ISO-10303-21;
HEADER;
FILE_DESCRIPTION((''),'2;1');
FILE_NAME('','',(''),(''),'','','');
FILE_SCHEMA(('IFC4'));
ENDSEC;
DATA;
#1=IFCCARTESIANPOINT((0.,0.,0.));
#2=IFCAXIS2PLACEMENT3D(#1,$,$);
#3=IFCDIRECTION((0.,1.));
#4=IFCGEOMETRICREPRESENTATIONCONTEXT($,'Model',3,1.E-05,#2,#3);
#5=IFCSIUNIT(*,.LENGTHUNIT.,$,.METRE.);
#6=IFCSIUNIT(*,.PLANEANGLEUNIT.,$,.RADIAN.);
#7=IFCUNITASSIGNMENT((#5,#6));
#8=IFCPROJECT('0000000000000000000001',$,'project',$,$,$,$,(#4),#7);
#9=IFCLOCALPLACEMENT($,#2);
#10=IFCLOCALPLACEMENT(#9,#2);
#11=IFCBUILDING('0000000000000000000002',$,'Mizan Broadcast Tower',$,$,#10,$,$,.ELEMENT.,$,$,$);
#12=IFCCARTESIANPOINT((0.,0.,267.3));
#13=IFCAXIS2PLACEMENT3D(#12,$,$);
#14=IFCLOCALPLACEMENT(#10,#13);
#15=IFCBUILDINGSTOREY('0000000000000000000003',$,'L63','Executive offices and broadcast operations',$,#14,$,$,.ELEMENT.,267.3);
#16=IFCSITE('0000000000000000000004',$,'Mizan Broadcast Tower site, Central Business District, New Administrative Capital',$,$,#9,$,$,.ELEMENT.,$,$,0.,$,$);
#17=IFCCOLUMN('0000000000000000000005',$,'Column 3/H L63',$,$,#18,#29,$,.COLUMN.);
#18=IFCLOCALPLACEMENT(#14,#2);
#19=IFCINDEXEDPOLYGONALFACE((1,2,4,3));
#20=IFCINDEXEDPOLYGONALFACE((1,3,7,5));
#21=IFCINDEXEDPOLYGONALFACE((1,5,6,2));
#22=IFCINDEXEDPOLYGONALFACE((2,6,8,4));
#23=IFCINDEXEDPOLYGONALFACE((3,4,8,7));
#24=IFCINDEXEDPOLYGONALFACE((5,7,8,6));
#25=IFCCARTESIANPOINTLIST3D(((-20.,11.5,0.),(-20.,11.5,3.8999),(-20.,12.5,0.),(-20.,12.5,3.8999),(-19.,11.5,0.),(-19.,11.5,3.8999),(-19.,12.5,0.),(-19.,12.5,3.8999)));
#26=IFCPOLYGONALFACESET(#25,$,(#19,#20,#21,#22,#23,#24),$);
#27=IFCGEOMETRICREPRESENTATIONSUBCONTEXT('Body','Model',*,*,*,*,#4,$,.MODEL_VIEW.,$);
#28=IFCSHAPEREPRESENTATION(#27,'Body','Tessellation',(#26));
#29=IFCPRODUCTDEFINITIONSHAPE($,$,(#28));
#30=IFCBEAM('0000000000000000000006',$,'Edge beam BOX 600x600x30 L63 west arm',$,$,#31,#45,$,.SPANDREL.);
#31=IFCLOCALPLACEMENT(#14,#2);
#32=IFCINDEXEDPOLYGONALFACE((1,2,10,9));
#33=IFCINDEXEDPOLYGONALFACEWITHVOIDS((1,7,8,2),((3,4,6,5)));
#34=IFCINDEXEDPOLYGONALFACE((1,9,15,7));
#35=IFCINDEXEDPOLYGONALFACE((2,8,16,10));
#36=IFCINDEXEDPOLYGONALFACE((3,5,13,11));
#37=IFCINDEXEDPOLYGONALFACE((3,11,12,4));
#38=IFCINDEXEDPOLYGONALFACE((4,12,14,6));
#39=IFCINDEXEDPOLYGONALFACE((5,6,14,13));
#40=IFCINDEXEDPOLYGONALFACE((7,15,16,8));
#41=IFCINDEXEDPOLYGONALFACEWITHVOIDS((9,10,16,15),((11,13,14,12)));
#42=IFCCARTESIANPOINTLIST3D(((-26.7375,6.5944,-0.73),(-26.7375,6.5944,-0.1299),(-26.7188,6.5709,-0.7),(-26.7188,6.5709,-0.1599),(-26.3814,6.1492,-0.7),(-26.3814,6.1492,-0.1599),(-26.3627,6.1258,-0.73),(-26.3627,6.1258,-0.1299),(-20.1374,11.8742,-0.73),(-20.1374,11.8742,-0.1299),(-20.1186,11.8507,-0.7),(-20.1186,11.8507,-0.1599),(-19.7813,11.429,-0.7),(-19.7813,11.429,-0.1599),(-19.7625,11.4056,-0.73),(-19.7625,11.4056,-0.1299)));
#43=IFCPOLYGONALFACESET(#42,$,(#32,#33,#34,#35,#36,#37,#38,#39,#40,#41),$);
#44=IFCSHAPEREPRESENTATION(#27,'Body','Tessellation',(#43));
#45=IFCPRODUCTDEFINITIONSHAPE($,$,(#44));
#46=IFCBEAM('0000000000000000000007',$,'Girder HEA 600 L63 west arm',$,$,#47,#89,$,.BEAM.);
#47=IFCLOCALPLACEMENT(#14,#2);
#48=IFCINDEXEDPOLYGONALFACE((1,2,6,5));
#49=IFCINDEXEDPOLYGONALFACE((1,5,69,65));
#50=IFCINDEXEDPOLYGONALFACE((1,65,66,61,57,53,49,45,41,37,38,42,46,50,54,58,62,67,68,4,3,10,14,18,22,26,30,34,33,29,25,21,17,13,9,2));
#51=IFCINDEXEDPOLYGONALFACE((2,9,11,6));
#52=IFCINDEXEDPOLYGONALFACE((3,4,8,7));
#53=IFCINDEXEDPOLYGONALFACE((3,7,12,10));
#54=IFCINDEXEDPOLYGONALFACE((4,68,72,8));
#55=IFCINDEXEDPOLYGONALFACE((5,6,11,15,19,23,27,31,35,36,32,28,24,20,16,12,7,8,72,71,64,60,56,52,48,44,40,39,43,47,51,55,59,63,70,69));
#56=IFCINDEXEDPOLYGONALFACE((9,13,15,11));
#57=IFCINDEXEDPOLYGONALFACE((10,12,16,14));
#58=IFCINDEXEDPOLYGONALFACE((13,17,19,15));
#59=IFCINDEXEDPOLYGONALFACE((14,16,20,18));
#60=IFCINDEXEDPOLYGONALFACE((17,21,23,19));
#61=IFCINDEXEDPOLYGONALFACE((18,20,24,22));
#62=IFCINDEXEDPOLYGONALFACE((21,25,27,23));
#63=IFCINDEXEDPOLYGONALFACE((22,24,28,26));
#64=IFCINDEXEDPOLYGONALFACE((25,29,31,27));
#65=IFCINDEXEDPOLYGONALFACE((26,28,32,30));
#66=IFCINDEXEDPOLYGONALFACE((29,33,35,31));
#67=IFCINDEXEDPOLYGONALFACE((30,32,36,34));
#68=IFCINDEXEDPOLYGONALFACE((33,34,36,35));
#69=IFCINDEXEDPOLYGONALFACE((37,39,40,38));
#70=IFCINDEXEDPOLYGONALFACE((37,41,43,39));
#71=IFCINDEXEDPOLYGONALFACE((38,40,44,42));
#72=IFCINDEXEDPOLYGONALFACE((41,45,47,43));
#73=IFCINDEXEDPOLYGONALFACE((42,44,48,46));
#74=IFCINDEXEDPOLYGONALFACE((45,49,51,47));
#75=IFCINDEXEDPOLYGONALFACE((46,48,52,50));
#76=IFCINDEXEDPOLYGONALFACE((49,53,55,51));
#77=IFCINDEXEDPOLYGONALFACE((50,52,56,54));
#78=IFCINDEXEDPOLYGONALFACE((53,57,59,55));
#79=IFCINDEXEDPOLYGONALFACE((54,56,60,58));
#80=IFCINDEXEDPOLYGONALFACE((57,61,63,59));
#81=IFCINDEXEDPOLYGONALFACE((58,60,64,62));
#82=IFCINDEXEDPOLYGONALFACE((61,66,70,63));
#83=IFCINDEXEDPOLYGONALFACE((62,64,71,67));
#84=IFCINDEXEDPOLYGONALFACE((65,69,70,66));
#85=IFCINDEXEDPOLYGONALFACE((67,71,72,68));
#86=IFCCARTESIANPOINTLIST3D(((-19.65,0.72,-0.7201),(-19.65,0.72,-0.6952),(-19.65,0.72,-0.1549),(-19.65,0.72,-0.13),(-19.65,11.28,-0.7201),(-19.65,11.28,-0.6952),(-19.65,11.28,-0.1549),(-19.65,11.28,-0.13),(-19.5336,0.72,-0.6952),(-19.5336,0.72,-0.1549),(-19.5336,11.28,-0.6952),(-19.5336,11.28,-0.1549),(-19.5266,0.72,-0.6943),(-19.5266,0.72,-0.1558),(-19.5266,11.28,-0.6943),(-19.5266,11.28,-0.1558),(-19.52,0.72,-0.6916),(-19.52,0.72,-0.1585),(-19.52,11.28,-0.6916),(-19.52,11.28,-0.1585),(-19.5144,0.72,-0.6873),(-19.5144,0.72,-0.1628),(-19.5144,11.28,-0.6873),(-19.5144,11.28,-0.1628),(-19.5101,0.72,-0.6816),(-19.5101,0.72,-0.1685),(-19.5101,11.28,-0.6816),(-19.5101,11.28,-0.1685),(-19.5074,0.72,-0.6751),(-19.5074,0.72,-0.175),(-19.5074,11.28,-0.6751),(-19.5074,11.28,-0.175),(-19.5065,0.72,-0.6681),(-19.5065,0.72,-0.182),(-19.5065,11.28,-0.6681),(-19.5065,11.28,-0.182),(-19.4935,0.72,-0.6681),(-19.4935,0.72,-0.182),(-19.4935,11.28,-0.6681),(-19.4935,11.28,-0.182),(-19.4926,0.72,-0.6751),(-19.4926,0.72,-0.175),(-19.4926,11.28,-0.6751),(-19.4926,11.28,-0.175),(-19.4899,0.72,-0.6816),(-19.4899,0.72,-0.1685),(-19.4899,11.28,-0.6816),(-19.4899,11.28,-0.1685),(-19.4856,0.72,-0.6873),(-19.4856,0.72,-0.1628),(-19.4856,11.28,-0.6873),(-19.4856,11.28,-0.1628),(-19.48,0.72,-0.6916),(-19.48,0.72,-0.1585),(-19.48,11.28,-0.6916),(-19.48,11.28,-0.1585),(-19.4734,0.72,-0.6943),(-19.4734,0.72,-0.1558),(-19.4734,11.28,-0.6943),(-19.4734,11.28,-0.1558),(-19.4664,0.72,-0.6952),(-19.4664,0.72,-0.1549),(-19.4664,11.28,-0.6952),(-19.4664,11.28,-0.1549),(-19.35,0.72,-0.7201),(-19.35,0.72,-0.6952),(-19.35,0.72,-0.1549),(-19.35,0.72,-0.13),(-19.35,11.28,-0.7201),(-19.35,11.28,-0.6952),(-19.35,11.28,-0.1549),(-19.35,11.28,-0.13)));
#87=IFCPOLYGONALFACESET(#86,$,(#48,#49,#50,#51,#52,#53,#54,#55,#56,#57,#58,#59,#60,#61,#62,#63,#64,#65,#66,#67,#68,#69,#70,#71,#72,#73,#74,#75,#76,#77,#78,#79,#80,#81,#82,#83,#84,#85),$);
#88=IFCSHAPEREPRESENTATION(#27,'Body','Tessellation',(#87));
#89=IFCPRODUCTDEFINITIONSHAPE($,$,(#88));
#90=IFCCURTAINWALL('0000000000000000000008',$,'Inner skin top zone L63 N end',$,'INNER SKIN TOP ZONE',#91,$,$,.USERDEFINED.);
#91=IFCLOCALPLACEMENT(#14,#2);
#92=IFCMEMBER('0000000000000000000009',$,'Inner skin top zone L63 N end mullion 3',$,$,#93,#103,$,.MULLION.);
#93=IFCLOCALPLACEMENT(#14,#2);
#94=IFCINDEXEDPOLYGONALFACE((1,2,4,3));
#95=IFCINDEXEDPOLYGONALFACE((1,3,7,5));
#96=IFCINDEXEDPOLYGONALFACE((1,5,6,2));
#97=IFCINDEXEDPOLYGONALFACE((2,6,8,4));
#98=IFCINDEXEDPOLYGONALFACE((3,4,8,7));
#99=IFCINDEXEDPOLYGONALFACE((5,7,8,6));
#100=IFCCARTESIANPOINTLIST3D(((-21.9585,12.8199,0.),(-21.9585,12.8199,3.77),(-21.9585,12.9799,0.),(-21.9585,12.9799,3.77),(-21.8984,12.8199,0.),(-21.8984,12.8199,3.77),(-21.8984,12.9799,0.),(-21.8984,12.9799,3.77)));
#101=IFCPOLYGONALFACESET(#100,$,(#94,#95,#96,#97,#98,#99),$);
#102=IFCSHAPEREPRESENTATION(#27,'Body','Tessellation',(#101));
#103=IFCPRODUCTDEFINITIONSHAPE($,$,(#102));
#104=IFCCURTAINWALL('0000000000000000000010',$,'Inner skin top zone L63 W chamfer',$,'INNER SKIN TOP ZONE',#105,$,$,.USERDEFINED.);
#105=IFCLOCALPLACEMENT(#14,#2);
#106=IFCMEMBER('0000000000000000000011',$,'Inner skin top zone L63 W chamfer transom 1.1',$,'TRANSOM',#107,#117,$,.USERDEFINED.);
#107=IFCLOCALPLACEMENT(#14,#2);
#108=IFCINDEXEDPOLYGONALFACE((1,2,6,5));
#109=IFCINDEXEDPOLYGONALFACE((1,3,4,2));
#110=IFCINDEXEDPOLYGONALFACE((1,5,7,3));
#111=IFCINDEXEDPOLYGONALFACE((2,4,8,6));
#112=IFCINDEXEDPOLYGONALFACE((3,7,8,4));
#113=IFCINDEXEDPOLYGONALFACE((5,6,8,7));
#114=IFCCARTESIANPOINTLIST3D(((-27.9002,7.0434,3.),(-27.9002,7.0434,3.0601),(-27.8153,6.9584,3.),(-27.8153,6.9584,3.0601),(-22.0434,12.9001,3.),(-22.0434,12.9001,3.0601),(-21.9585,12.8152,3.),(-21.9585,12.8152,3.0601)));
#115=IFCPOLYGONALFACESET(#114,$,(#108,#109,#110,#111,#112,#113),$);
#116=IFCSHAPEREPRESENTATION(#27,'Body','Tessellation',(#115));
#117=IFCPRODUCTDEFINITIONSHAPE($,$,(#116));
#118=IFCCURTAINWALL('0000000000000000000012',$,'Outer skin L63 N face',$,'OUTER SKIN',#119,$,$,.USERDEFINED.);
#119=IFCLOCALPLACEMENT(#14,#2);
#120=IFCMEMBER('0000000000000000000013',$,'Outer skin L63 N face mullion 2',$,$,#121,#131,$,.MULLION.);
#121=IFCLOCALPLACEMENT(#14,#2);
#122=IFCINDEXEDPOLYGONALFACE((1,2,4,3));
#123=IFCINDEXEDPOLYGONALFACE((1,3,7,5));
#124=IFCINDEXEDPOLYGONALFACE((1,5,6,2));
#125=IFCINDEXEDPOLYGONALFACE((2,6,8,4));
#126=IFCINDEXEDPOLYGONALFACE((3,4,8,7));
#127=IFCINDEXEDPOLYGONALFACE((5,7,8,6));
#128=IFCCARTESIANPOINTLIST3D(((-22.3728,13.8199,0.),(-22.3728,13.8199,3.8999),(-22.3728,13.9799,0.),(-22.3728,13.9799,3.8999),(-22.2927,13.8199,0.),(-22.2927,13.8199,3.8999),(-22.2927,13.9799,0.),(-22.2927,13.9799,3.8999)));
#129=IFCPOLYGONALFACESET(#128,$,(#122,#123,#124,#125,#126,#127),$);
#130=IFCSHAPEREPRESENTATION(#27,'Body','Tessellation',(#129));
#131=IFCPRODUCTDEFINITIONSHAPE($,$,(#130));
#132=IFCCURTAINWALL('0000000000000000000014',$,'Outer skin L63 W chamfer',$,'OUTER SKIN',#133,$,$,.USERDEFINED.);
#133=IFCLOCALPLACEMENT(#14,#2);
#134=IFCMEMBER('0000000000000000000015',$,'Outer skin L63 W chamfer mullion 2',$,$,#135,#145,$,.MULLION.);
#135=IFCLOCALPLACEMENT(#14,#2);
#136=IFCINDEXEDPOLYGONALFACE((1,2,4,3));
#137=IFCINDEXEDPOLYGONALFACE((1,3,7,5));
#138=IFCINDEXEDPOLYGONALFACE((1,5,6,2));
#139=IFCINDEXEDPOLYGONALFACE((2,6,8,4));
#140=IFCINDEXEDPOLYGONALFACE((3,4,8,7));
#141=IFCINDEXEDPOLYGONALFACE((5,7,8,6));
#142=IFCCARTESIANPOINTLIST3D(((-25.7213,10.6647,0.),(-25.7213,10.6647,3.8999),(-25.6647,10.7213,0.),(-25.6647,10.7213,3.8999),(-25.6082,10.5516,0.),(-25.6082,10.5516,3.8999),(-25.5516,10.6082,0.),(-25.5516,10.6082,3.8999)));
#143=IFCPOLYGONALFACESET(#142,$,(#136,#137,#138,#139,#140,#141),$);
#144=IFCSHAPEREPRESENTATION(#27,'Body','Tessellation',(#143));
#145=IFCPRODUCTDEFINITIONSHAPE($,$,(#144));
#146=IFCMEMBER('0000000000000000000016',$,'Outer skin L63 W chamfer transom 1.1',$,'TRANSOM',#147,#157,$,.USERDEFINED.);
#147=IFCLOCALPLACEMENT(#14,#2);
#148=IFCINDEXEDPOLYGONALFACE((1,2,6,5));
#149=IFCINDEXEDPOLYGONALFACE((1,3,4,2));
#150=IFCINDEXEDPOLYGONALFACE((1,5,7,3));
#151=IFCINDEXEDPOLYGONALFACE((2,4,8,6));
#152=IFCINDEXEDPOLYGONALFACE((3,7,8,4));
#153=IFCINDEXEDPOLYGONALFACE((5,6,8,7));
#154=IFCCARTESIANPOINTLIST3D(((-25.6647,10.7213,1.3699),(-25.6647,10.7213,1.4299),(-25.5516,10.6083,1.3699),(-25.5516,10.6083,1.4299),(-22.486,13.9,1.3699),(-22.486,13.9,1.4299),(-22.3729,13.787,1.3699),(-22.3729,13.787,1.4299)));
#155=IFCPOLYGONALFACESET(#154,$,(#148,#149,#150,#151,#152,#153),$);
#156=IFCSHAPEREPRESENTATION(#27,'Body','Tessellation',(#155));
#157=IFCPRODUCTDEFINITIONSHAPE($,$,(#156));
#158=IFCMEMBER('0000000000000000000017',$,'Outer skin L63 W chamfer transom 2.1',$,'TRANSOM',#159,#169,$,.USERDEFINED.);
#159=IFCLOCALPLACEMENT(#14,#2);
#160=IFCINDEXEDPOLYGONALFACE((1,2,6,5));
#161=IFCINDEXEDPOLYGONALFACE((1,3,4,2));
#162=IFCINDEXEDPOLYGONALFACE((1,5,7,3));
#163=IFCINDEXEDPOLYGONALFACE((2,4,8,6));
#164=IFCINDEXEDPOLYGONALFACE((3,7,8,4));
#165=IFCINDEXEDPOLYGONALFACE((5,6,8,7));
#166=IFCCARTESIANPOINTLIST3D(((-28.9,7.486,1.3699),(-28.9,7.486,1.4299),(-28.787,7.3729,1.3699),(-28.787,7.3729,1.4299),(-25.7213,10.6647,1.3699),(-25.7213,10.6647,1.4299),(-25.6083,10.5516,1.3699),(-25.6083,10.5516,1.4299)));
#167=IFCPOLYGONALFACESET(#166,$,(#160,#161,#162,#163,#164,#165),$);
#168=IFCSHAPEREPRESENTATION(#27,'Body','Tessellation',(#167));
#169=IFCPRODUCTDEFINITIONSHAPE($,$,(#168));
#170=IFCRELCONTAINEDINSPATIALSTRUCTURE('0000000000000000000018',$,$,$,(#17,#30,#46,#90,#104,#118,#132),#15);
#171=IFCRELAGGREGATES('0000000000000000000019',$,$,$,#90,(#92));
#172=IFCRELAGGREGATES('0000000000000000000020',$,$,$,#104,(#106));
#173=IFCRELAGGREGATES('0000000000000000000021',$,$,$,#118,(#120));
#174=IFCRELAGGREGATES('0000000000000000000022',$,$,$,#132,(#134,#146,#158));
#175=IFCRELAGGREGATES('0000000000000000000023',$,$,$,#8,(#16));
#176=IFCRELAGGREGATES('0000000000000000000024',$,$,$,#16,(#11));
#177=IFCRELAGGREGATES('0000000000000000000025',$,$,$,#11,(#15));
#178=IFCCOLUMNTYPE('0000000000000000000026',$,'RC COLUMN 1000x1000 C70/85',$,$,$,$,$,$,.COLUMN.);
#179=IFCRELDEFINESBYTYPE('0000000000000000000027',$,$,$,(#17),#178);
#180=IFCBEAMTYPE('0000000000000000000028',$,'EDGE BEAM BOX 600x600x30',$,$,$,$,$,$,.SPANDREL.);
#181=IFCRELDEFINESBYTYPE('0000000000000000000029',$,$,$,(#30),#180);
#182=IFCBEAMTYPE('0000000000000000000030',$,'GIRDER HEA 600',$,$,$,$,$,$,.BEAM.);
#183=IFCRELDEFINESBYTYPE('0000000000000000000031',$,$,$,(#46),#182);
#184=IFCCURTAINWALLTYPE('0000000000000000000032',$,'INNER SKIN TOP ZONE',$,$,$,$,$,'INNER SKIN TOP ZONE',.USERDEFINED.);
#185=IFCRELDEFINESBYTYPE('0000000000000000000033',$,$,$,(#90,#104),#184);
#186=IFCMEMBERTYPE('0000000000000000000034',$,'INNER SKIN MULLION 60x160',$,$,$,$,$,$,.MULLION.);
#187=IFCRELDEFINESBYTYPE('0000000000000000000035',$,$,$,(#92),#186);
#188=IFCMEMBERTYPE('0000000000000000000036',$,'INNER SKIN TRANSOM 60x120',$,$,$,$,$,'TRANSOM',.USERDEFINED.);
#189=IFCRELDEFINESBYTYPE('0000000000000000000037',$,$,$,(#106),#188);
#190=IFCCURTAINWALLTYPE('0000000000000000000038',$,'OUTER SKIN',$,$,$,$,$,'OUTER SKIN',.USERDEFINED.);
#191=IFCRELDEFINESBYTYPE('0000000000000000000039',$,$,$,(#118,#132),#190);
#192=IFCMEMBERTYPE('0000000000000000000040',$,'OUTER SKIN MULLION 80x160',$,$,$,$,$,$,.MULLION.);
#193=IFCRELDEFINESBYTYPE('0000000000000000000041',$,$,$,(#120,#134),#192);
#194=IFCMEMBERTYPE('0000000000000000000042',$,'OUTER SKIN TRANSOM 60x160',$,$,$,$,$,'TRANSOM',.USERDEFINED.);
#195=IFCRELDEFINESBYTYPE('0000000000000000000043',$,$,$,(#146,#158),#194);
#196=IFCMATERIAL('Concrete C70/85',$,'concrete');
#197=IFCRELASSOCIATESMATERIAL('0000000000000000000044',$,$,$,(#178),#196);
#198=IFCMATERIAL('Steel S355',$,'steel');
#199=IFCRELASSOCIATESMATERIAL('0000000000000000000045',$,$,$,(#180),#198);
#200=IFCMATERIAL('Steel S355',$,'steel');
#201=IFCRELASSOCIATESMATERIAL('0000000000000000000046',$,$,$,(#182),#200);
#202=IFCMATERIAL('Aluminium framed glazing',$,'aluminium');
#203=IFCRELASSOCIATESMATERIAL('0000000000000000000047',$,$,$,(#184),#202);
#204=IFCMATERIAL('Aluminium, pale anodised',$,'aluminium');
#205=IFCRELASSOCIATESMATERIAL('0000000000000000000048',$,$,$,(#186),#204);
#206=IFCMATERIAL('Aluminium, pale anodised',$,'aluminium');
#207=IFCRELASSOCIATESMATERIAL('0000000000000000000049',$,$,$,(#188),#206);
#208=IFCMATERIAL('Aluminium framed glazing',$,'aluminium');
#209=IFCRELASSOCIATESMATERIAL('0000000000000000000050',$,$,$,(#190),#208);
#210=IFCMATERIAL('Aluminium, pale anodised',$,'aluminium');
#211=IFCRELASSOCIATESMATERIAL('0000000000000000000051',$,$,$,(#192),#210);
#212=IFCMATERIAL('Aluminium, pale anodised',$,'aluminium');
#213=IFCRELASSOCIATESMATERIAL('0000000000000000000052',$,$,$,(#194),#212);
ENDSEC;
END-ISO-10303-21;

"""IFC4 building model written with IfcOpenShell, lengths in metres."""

from ifc_helpers import new_model, si_unit, direction, frame, origin, origin_2d, place, context, subcontext, project, spatial, rectangle, hollow_rectangle, i_section, extrude, material, material_profile, profile_set, type_object, element, aggregate, save


model = new_model("IFC4")

# Units and contexts
model_context = context("Model", 3, precision=1e-05, world=origin(), true_north=direction((0.0, 1.0)))
body_context = subcontext(model_context, "Body", "Model", "MODEL_VIEW")
ifc_project = project(units=[si_unit("LENGTHUNIT", "METRE"), si_unit("PLANEANGLEUNIT", "RADIAN")], contexts=[model_context])

# Site, building, storey
site_placement = place(None, origin())
site = spatial("IfcSite", under=ifc_project, at=site_placement, Name="Mizan Broadcast Tower site, Central Business District, New Administrative Capital", CompositionType="ELEMENT", RefElevation=0.0)
building_placement = place(site_placement, origin())
building = spatial("IfcBuilding", under=site, at=building_placement, Name="Mizan Broadcast Tower", CompositionType="ELEMENT")
storey_placement = place(building_placement, frame((0.0, 0.0, 267.3)))
storey = spatial("IfcBuildingStorey", under=building, at=storey_placement, Name="L63", Description="Executive offices and broadcast operations", CompositionType="ELEMENT", Elevation=267.3)

# Column
ifc_material_1 = material(Name="Concrete C70/85", Category="concrete")
ifc_material_profile_1 = material_profile(ifc_material_1, rectangle(XDim=1.0, YDim=1.0, at=origin_2d()), Name="RC 1000x1000")
ifc_profile_set_1 = profile_set([ifc_material_profile_1], Name="Concrete C70/85")
column_type = type_object("IfcColumnType", Name="RC COLUMN 1000x1000 C70/85", PredefinedType="COLUMN", material=ifc_profile_set_1)
column_placement = place(storey_placement, frame((-19.5, 12.0, 0.0), z_axis=(0.0, 0.0, 1.0), x_axis=(1.0, 0.0, 0.0)))
element("IfcColumn", 1, at=column_placement, inside=storey, type_object=column_type, Name="Column 3/H L63", PredefinedType="COLUMN", context=body_context, shape_type="SweptSolid", body=[
    extrude(rectangle(XDim=1.0, YDim=1.0, at=origin_2d()), origin(), (0.0, 0.0, 1.0), 3.8999),
])

# Beams
ifc_material_2 = material(Name="Steel S355", Category="steel")
ifc_material_profile_2 = material_profile(ifc_material_2, hollow_rectangle(XDim=0.6001, YDim=0.6001, WallThickness=0.03, at=origin_2d()), Name="BOX 600x600x30")
ifc_profile_set_2 = profile_set([ifc_material_profile_2], Name="Steel S355")
beam_type_1 = type_object("IfcBeamType", Name="EDGE BEAM BOX 600x600x30", PredefinedType="SPANDREL", material=ifc_profile_set_2)
beam_1_placement = place(storey_placement, frame((-19.95, 11.6399, -0.4299), z_axis=(-0.780886, -0.624674, 0.0), x_axis=(0.624674, -0.780886, 0.0)))
element("IfcBeam", 2, at=beam_1_placement, inside=storey, type_object=beam_type_1, Name="Edge beam BOX 600x600x30 L63 west arm", PredefinedType="SPANDREL", context=body_context, shape_type="SweptSolid", body=[
    extrude(hollow_rectangle(XDim=0.6001, YDim=0.6001, WallThickness=0.03, at=origin_2d()), origin(), (0.0, 0.0, 1.0), 8.4521),
])
ifc_material_3 = material(Name="Steel S355", Category="steel")
ifc_material_profile_3 = material_profile(ifc_material_3, i_section(OverallWidth=0.3, OverallDepth=0.5901, WebThickness=0.0129, FlangeThickness=0.0249, FilletRadius=0.0271, at=origin_2d()), Name="HEA 600")
ifc_profile_set_3 = profile_set([ifc_material_profile_3], Name="Steel S355")
beam_type_2 = type_object("IfcBeamType", Name="GIRDER HEA 600", PredefinedType="BEAM", material=ifc_profile_set_3)
beam_2_placement = place(storey_placement, frame((-19.5, 11.28, -0.425), z_axis=(0.0, -1.0, 0.0), x_axis=(1.0, 0.0, 0.0)))
element("IfcBeam", 3, at=beam_2_placement, inside=storey, type_object=beam_type_2, Name="Girder HEA 600 L63 west arm", PredefinedType="BEAM", context=body_context, shape_type="SweptSolid", body=[
    extrude(i_section(OverallWidth=0.3, OverallDepth=0.5901, WebThickness=0.0129, FlangeThickness=0.0249, FilletRadius=0.0271, at=origin_2d()), origin(), (0.0, 0.0, 1.0), 10.5601),
])

# Curtain walls, members
ifc_material_4 = material(Name="Aluminium framed glazing", Category="aluminium")
curtain_wall_type_1 = type_object("IfcCurtainWallType", Name="INNER SKIN TOP ZONE", ElementType="INNER SKIN TOP ZONE", PredefinedType="USERDEFINED", material=ifc_material_4)
curtain_wall_1_placement = place(storey_placement, origin())
curtain_wall_1 = element("IfcCurtainWall", 4, at=curtain_wall_1_placement, inside=storey, type_object=curtain_wall_type_1, Name="Inner skin top zone L63 N end", ObjectType="INNER SKIN TOP ZONE", PredefinedType="USERDEFINED")
ifc_material_5 = material(Name="Aluminium, pale anodised", Category="aluminium")
ifc_material_profile_4 = material_profile(ifc_material_5, rectangle(XDim=0.1599, YDim=0.0601, at=origin_2d()), Name="MULLION 160x60")
ifc_profile_set_4 = profile_set([ifc_material_profile_4], Name="Aluminium, pale anodised")
member_type_1 = type_object("IfcMemberType", Name="INNER SKIN MULLION 60x160", PredefinedType="MULLION", material=ifc_profile_set_4)
member_1_placement = place(storey_placement, frame((-21.9285, 12.8999, 0.0), z_axis=(0.0, 0.0, 1.0), x_axis=(0.0, -1.0, 0.0)))
member_1 = element("IfcMember", 5, at=member_1_placement, type_object=member_type_1, Name="Inner skin top zone L63 N end mullion 3", PredefinedType="MULLION", context=body_context, shape_type="SweptSolid", body=[
    extrude(rectangle(XDim=0.1599, YDim=0.0601, at=origin_2d()), origin(), (0.0, 0.0, 1.0), 3.77),
])
curtain_wall_2_placement = place(storey_placement, origin())
curtain_wall_2 = element("IfcCurtainWall", 6, at=curtain_wall_2_placement, inside=storey, type_object=curtain_wall_type_1, Name="Inner skin top zone L63 W chamfer", ObjectType="INNER SKIN TOP ZONE", PredefinedType="USERDEFINED")
ifc_material_6 = material(Name="Aluminium, pale anodised", Category="aluminium")
ifc_material_profile_5 = material_profile(ifc_material_6, rectangle(XDim=0.1201, YDim=0.0601, at=origin_2d()), Name="TRANSOM 120x60")
ifc_profile_set_5 = profile_set([ifc_material_profile_5], Name="Aluminium, pale anodised")
member_type_2 = type_object("IfcMemberType", Name="INNER SKIN TRANSOM 60x120", ElementType="TRANSOM", PredefinedType="USERDEFINED", material=ifc_profile_set_5)
member_2_placement = place(storey_placement, frame((-22.001, 12.8577, 3.03), z_axis=(-0.707107, -0.707107, 0.0), x_axis=(0.707107, -0.707107, 0.0)))
member_2 = element("IfcMember", 7, at=member_2_placement, type_object=member_type_2, Name="Inner skin top zone L63 W chamfer transom 1.1", ObjectType="TRANSOM", PredefinedType="USERDEFINED", context=body_context, shape_type="SweptSolid", body=[
    extrude(rectangle(XDim=0.1201, YDim=0.0601, at=origin_2d()), origin(), (0.0, 0.0, 1.0), 8.2827),
])
ifc_material_7 = material(Name="Aluminium framed glazing", Category="aluminium")
curtain_wall_type_2 = type_object("IfcCurtainWallType", Name="OUTER SKIN", ElementType="OUTER SKIN", PredefinedType="USERDEFINED", material=ifc_material_7)
curtain_wall_3_placement = place(storey_placement, origin())
curtain_wall_3 = element("IfcCurtainWall", 8, at=curtain_wall_3_placement, inside=storey, type_object=curtain_wall_type_2, Name="Outer skin L63 N face", ObjectType="OUTER SKIN", PredefinedType="USERDEFINED")
ifc_material_8 = material(Name="Aluminium, pale anodised", Category="aluminium")
ifc_material_profile_6 = material_profile(ifc_material_8, rectangle(XDim=0.1599, YDim=0.0801, at=origin_2d()), Name="MULLION 160x80")
ifc_profile_set_6 = profile_set([ifc_material_profile_6], Name="Aluminium, pale anodised")
member_type_3 = type_object("IfcMemberType", Name="OUTER SKIN MULLION 80x160", PredefinedType="MULLION", material=ifc_profile_set_6)
member_3_placement = place(storey_placement, frame((-22.3328, 13.8999, 0.0), z_axis=(0.0, 0.0, 1.0), x_axis=(0.0, -1.0, 0.0)))
member_3 = element("IfcMember", 9, at=member_3_placement, type_object=member_type_3, Name="Outer skin L63 N face mullion 2", PredefinedType="MULLION", context=body_context, shape_type="SweptSolid", body=[
    extrude(rectangle(XDim=0.1599, YDim=0.0801, at=origin_2d()), origin(), (0.0, 0.0, 1.0), 3.8999),
])

# Curtain wall, members
curtain_wall_4_placement = place(storey_placement, origin())
curtain_wall_4 = element("IfcCurtainWall", 10, at=curtain_wall_4_placement, inside=storey, type_object=curtain_wall_type_2, Name="Outer skin L63 W chamfer", ObjectType="OUTER SKIN", PredefinedType="USERDEFINED")
member_4_placement = place(storey_placement, frame((-25.6365, 10.6365, 0.0), z_axis=(0.0, 0.0, 1.0), x_axis=(0.707107, -0.707107, 0.0)))
member_4 = element("IfcMember", 11, at=member_4_placement, type_object=member_type_3, Name="Outer skin L63 W chamfer mullion 2", PredefinedType="MULLION", context=body_context, shape_type="SweptSolid", body=[
    extrude(rectangle(XDim=0.1599, YDim=0.0801, at=origin_2d()), origin(), (0.0, 0.0, 1.0), 3.8999),
])
ifc_material_9 = material(Name="Aluminium, pale anodised", Category="aluminium")
ifc_material_profile_7 = material_profile(ifc_material_9, rectangle(XDim=0.1599, YDim=0.0601, at=origin_2d()), Name="TRANSOM 160x60")
ifc_profile_set_7 = profile_set([ifc_material_profile_7], Name="Aluminium, pale anodised")
member_type_4 = type_object("IfcMemberType", Name="OUTER SKIN TRANSOM 60x160", ElementType="TRANSOM", PredefinedType="USERDEFINED", material=ifc_profile_set_7)
member_5_placement = place(storey_placement, frame((-22.4294, 13.8435, 1.3999), z_axis=(-0.707107, -0.707107, 0.0), x_axis=(0.707107, -0.707107, 0.0)))
member_5 = element("IfcMember", 12, at=member_5_placement, type_object=member_type_4, Name="Outer skin L63 W chamfer transom 1.1", ObjectType="TRANSOM", PredefinedType="USERDEFINED", context=body_context, shape_type="SweptSolid", body=[
    extrude(rectangle(XDim=0.1599, YDim=0.0601, at=origin_2d()), origin(), (0.0, 0.0, 1.0), 4.4954),
])
member_6_placement = place(storey_placement, frame((-25.6648, 10.6082, 1.3999), z_axis=(-0.707107, -0.707107, 0.0), x_axis=(0.707107, -0.707107, 0.0)))
member_6 = element("IfcMember", 13, at=member_6_placement, type_object=member_type_4, Name="Outer skin L63 W chamfer transom 2.1", ObjectType="TRANSOM", PredefinedType="USERDEFINED", context=body_context, shape_type="SweptSolid", body=[
    extrude(rectangle(XDim=0.1599, YDim=0.0601, at=origin_2d()), origin(), (0.0, 0.0, 1.0), 4.4954),
])

aggregate(curtain_wall_1, [member_1])
aggregate(curtain_wall_2, [member_2])
aggregate(curtain_wall_3, [member_3])
aggregate(curtain_wall_4, [member_4, member_5, member_6])

save(model, "model.ifc")
